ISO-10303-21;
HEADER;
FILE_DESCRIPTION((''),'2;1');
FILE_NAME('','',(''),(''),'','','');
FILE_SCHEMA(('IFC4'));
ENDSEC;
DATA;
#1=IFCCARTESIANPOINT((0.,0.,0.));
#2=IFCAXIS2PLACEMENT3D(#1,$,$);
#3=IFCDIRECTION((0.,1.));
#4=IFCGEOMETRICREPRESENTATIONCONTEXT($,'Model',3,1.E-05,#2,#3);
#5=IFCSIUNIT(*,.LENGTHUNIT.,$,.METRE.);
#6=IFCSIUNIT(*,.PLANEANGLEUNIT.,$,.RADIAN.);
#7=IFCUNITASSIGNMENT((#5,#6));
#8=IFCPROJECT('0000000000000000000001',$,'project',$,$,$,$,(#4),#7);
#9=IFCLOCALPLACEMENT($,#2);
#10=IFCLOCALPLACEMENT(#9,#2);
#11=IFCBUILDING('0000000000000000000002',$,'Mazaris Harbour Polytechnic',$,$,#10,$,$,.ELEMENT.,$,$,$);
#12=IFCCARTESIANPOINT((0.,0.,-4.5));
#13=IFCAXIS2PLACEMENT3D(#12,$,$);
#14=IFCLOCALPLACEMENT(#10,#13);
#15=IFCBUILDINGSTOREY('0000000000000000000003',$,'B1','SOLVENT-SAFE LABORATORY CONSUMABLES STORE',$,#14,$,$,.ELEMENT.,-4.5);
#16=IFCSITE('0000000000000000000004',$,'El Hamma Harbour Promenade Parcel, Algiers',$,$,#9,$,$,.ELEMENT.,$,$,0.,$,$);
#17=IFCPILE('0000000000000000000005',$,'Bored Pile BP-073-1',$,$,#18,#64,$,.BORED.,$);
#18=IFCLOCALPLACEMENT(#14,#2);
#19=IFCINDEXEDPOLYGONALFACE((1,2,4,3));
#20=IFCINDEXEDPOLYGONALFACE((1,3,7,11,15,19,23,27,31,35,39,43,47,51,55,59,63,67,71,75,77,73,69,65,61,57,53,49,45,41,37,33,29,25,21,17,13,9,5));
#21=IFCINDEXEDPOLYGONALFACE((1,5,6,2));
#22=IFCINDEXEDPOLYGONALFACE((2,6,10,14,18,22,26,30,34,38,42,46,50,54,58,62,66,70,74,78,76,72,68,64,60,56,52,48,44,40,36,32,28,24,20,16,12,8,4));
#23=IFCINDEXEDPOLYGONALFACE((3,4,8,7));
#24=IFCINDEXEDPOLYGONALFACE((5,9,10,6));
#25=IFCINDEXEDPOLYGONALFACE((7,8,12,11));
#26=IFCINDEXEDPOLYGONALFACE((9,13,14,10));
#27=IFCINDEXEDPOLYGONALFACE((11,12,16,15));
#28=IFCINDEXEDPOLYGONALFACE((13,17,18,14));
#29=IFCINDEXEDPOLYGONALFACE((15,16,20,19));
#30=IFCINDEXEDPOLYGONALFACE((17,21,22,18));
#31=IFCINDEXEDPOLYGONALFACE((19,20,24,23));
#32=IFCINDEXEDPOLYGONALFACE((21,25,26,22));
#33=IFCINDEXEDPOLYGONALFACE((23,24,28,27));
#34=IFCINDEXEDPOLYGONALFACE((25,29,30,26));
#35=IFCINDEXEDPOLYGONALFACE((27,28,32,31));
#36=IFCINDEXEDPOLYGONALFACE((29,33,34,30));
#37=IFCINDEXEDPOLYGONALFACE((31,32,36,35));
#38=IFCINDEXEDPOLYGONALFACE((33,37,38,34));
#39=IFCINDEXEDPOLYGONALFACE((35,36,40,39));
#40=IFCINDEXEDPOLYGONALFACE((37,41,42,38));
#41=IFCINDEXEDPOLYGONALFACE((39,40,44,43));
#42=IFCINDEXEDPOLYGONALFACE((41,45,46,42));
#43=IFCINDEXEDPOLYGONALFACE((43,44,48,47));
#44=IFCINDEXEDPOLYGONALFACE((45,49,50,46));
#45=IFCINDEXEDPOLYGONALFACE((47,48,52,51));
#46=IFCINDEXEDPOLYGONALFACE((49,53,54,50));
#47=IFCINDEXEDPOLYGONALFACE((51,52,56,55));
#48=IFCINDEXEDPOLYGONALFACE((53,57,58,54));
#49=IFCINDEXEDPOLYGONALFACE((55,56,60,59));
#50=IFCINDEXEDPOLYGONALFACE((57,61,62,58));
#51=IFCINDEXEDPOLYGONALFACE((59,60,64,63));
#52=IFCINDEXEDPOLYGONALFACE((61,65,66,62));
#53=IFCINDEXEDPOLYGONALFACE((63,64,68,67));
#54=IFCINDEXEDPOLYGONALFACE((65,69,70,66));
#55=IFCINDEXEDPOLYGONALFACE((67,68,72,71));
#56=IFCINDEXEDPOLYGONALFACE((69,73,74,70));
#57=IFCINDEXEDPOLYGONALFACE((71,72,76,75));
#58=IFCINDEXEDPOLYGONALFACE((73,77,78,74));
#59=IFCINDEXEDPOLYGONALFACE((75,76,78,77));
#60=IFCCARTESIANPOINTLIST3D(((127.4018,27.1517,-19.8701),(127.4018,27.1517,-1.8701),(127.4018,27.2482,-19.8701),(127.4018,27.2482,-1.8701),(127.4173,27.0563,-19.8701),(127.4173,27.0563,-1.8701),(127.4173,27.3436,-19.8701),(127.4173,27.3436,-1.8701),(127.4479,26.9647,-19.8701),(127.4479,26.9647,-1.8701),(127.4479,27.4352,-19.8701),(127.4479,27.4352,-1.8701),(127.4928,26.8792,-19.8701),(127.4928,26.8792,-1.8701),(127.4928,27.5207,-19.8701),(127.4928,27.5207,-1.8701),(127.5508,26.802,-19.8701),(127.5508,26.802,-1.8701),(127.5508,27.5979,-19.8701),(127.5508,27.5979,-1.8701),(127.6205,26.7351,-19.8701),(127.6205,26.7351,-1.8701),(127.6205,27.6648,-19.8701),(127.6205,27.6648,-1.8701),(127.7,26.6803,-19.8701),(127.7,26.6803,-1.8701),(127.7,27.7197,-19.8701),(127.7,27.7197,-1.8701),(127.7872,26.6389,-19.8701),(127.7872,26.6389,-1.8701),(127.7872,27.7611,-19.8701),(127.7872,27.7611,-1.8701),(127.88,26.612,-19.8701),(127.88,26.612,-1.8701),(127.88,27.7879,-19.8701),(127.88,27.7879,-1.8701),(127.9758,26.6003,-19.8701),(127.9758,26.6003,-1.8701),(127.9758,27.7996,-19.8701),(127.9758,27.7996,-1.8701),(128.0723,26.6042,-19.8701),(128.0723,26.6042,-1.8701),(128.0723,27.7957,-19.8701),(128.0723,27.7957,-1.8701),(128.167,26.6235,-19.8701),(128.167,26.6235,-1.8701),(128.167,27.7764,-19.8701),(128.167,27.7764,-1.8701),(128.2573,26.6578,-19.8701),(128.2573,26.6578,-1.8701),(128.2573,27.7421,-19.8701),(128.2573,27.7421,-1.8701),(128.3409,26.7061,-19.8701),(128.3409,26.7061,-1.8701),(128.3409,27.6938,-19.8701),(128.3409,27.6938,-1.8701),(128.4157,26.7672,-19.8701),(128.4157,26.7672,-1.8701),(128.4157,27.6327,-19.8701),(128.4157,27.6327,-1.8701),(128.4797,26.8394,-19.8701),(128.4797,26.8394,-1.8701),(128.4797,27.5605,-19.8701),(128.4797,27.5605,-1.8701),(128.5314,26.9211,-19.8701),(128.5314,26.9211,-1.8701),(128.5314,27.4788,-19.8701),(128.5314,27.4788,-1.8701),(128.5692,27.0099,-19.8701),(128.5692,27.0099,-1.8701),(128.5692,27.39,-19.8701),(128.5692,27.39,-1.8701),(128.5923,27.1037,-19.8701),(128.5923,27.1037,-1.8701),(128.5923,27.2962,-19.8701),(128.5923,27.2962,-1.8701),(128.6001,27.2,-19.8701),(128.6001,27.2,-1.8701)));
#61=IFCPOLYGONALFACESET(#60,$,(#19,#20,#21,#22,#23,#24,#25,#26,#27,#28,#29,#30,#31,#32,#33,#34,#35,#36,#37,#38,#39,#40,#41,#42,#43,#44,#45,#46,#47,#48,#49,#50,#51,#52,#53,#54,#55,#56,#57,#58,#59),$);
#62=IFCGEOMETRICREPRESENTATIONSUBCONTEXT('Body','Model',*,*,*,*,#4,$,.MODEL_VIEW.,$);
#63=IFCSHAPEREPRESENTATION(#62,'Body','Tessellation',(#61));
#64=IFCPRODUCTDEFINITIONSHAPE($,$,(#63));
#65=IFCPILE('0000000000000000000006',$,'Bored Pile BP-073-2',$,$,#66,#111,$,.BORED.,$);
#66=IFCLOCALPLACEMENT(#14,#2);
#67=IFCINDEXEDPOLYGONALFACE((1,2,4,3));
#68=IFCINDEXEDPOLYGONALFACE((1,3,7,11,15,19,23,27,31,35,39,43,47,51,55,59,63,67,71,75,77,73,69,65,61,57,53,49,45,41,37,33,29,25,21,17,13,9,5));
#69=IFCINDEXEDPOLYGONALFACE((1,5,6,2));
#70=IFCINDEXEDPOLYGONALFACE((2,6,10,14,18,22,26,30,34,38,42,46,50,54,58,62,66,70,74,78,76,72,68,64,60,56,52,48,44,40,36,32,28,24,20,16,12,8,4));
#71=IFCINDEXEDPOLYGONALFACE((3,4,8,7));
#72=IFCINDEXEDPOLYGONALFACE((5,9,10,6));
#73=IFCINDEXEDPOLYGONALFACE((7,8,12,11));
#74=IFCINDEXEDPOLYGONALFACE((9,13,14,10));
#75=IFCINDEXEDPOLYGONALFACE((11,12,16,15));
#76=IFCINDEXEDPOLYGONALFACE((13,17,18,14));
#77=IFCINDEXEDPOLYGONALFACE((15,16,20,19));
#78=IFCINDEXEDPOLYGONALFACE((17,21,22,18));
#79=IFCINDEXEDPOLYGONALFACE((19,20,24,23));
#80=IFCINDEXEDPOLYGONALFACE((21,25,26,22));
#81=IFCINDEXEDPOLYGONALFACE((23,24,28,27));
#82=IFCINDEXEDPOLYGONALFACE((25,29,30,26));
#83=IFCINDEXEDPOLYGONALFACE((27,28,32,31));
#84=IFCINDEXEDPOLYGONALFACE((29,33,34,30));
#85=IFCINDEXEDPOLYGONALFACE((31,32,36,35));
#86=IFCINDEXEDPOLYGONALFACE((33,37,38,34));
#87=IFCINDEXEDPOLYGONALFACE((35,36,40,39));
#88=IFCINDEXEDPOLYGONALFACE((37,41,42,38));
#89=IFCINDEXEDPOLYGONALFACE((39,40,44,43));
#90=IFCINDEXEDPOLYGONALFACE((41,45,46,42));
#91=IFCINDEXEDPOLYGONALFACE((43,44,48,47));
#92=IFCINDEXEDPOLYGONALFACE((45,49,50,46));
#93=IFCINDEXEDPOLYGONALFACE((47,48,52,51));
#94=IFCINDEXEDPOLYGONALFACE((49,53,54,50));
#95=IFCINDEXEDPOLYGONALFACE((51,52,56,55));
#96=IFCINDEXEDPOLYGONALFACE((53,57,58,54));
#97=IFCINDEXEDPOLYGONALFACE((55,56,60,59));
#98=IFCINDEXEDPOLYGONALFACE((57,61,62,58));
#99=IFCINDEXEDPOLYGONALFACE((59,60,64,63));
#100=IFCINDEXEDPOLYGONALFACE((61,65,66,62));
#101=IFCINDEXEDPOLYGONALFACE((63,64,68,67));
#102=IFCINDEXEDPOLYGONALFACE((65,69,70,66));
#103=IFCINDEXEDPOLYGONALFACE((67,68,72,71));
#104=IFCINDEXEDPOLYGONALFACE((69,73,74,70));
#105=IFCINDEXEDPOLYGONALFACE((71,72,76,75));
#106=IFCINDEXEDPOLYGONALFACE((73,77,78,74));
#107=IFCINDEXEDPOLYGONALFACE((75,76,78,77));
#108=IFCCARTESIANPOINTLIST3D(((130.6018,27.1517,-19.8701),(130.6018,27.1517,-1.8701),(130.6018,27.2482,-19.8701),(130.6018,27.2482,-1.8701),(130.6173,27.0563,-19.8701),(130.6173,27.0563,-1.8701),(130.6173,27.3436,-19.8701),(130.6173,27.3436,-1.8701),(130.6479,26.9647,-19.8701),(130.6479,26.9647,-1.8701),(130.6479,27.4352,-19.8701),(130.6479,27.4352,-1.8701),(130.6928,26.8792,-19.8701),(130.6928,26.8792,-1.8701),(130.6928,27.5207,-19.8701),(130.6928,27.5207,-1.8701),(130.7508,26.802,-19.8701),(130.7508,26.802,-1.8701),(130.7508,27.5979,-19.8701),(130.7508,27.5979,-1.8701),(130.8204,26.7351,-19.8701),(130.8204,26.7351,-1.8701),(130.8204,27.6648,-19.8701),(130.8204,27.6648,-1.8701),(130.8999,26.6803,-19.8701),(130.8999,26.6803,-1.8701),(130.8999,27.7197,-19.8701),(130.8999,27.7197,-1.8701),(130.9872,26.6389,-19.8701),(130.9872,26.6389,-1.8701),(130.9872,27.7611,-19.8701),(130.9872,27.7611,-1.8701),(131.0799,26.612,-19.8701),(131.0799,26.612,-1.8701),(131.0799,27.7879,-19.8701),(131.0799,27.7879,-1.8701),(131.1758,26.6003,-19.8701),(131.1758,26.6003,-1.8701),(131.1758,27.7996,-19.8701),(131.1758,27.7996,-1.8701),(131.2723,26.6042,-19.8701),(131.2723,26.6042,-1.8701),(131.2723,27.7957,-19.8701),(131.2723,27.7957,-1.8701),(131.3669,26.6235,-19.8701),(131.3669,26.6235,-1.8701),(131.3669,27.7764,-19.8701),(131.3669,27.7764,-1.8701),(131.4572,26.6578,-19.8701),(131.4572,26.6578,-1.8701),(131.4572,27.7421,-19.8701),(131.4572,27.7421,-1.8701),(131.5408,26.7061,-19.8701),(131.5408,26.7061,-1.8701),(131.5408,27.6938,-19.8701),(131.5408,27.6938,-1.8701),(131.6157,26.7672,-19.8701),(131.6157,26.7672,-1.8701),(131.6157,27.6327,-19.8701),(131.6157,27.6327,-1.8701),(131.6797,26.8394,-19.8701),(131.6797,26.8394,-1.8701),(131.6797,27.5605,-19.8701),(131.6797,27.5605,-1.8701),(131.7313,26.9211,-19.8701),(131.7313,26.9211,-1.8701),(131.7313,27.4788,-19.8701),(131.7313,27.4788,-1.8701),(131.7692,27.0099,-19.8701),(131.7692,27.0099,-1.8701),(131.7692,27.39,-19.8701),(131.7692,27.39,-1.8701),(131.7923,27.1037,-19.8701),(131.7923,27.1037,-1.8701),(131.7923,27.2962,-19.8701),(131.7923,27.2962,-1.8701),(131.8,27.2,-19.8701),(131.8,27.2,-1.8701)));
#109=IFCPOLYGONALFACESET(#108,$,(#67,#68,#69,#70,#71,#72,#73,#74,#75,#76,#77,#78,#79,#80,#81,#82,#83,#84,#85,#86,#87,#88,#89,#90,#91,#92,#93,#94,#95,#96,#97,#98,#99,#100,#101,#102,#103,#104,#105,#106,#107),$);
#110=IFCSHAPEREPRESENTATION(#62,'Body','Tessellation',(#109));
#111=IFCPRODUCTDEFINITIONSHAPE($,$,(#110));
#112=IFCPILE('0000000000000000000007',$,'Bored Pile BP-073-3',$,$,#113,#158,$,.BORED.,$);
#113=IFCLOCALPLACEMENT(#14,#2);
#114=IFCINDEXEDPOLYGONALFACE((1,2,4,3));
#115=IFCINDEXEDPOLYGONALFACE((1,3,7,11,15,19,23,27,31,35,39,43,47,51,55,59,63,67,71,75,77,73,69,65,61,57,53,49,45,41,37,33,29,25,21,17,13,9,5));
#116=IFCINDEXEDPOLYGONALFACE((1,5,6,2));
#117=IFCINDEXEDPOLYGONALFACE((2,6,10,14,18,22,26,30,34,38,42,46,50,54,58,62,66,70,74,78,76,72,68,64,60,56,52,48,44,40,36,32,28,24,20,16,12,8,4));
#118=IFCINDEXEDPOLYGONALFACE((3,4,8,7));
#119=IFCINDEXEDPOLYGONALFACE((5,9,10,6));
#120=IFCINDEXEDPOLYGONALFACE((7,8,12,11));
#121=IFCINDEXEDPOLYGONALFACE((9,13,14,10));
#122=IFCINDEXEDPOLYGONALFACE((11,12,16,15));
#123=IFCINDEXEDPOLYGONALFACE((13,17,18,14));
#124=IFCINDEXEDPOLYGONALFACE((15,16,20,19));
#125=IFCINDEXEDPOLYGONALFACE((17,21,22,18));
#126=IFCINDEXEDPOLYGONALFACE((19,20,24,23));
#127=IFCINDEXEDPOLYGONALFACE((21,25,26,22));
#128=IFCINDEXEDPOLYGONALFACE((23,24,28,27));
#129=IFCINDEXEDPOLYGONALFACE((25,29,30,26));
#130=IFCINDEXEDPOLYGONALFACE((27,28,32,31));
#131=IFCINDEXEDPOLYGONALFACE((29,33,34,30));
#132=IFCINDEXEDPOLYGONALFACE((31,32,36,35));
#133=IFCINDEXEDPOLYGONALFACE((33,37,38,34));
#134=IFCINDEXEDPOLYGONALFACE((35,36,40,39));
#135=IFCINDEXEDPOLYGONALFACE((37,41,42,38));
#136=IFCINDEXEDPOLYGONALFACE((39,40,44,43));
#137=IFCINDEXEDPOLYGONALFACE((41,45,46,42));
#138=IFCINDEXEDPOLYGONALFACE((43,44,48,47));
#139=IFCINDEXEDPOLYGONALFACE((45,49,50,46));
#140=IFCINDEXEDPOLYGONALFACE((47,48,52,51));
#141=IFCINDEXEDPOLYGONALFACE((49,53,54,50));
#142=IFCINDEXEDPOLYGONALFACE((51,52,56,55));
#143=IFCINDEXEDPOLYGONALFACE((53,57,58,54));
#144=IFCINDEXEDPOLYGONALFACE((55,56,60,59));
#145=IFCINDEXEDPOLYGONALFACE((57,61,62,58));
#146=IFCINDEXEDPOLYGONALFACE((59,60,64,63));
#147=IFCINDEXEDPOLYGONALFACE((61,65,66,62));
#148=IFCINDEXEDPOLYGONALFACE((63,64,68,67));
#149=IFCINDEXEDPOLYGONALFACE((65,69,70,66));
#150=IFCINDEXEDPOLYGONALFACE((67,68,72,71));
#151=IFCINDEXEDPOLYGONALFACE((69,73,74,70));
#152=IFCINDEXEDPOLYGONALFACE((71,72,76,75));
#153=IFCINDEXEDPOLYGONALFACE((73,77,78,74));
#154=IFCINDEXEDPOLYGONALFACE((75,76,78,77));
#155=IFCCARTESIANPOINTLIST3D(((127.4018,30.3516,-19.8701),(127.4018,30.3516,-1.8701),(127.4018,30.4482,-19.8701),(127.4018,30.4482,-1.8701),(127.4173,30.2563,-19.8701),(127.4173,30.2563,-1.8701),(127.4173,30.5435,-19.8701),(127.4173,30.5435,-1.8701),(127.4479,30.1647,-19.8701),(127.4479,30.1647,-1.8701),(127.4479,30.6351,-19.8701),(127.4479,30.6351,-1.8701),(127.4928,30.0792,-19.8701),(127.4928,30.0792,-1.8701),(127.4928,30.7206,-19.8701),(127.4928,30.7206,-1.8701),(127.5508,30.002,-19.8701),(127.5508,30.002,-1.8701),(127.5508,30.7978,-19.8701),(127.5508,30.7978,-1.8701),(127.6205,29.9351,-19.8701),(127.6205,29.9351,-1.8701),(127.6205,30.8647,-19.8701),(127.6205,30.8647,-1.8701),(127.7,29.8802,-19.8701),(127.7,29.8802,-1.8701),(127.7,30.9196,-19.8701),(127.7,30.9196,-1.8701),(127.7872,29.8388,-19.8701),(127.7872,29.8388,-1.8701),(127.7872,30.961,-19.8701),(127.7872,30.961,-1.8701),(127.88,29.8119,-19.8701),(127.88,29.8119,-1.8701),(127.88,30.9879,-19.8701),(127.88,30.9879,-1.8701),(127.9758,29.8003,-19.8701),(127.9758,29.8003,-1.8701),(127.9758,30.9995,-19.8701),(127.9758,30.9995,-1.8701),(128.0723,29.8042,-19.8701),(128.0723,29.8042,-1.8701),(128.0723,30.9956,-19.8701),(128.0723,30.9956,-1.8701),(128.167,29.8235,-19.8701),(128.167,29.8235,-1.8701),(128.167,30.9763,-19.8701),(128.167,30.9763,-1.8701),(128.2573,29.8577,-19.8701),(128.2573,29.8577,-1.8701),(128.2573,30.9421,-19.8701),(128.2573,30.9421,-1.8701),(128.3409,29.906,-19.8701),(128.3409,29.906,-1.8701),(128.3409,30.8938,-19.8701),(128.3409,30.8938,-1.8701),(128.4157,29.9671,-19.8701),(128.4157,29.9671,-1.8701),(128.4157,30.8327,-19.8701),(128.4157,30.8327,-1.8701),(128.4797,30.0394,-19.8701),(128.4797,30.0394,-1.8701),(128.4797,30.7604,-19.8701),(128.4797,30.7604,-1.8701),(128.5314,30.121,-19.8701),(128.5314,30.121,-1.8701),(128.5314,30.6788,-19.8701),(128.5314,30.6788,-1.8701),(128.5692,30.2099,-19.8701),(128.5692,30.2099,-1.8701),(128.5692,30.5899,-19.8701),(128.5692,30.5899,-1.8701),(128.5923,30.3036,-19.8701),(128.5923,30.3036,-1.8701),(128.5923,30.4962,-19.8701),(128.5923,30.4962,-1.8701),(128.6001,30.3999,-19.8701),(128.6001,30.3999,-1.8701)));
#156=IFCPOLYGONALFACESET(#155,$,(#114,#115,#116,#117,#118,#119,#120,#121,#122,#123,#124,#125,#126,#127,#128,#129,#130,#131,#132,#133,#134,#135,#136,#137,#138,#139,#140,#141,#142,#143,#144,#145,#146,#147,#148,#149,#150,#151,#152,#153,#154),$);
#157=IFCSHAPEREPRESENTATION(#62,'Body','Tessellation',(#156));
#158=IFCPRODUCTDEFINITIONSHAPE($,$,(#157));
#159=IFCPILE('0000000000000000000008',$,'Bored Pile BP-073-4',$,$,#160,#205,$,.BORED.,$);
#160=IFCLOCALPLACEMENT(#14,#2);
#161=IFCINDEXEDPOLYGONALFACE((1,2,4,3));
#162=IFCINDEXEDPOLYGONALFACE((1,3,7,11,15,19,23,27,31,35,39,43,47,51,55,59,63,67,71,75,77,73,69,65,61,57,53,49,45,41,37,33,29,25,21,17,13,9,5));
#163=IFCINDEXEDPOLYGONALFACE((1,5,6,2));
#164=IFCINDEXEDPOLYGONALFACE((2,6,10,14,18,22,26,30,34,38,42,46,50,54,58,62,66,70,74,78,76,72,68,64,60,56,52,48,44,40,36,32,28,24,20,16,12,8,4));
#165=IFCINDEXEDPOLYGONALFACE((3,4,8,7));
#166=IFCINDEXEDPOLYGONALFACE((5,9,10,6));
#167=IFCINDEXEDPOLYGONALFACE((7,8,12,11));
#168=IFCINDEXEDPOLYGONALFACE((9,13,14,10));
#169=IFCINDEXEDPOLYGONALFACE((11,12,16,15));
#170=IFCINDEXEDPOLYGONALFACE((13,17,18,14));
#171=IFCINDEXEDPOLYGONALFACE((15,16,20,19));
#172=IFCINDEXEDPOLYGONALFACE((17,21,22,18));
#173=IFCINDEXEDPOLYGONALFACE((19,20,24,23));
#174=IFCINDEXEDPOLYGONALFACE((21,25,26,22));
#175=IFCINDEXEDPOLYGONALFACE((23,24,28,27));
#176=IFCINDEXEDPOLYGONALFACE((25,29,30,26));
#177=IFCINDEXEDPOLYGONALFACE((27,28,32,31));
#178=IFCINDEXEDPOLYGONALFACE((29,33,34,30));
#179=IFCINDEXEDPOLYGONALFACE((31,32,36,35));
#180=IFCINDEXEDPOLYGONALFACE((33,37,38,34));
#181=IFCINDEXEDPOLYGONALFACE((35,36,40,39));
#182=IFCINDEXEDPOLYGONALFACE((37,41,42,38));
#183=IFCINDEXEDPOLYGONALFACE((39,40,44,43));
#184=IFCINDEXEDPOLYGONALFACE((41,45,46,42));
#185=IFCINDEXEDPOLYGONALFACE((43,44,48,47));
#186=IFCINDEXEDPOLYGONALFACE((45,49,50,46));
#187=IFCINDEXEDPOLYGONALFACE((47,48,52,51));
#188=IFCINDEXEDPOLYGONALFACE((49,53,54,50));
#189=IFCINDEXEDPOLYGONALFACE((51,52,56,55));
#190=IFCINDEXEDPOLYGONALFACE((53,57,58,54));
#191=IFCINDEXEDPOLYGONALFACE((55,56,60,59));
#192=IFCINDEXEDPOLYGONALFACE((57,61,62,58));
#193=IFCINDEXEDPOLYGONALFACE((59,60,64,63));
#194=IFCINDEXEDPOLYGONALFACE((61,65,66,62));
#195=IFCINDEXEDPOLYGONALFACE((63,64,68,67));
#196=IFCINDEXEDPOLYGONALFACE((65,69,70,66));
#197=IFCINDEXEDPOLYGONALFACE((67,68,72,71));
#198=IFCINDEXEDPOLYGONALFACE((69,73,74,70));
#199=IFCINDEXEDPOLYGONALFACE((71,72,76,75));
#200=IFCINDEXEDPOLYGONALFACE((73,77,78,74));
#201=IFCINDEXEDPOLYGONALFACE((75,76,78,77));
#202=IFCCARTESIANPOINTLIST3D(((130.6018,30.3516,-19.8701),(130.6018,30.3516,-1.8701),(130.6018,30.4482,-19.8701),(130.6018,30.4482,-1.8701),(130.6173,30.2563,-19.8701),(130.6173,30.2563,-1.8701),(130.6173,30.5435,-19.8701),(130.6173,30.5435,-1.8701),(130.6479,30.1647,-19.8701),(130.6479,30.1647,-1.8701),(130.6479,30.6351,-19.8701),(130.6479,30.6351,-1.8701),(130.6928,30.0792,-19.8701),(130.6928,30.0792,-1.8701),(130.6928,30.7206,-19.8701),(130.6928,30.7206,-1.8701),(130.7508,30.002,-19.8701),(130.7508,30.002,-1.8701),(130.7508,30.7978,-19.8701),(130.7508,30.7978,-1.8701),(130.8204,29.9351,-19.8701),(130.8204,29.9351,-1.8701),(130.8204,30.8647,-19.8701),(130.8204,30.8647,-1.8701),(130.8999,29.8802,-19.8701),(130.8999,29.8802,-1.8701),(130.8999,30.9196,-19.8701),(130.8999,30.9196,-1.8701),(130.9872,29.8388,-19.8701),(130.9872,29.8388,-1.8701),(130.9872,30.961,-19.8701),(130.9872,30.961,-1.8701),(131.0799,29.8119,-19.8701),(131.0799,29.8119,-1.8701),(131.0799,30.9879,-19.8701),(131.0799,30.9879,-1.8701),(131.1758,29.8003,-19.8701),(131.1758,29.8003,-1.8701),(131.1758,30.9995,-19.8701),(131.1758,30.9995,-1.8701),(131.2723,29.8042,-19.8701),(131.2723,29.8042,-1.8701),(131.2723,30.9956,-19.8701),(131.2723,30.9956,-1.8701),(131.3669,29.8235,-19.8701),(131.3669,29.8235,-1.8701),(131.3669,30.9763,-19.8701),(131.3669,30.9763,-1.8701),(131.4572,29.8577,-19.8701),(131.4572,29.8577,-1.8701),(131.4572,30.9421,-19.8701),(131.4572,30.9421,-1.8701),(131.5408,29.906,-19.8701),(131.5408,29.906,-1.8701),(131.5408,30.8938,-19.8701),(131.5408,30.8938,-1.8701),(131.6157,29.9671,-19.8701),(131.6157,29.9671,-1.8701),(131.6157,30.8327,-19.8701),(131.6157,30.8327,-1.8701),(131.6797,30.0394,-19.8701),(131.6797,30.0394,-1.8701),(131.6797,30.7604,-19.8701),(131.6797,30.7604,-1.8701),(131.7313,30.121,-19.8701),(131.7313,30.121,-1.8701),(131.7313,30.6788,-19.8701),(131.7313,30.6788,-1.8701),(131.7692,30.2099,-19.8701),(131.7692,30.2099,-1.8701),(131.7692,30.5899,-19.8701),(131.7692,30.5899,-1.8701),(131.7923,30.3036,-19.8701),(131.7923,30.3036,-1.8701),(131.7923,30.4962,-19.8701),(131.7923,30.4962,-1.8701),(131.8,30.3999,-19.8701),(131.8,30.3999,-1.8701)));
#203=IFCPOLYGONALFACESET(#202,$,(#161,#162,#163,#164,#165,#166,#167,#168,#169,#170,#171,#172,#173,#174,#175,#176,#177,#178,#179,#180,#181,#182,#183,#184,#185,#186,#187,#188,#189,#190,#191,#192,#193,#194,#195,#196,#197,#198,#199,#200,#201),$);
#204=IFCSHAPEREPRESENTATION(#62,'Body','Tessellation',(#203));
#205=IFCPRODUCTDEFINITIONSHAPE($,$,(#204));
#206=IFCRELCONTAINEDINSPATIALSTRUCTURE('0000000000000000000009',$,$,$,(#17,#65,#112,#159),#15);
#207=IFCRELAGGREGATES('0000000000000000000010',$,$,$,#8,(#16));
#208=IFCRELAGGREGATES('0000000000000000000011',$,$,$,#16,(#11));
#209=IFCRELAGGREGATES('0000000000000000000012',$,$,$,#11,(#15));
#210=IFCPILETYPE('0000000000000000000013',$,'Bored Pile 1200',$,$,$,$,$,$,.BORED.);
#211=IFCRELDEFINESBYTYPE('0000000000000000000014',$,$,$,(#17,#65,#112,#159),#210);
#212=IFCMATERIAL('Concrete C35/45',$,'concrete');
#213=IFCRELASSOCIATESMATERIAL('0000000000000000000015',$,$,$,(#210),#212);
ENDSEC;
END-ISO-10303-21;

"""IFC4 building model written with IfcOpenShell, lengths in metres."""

from ifc_helpers import new_model, si_unit, direction, frame, origin, origin_2d, place, context, subcontext, project, spatial, circle, extrude, material, material_profile, profile_set, type_object, element, save


model = new_model("IFC4")

# Units and contexts
model_context = context("Model", 3, precision=1e-05, world=origin(), true_north=direction((0.0, 1.0)))
body_context = subcontext(model_context, "Body", "Model", "MODEL_VIEW")
ifc_project = project(units=[si_unit("LENGTHUNIT", "METRE"), si_unit("PLANEANGLEUNIT", "RADIAN")], contexts=[model_context])

# Site, building, storey
site_placement = place(None, origin())
site = spatial("IfcSite", under=ifc_project, at=site_placement, Name="El Hamma Harbour Promenade Parcel, Algiers", CompositionType="ELEMENT", RefElevation=0.0)
building_placement = place(site_placement, origin())
building = spatial("IfcBuilding", under=site, at=building_placement, Name="Mazaris Harbour Polytechnic", CompositionType="ELEMENT")
storey_placement = place(building_placement, frame((0.0, 0.0, -4.5)))
storey = spatial("IfcBuildingStorey", under=building, at=storey_placement, Name="B1", Description="SOLVENT-SAFE LABORATORY CONSUMABLES STORE", CompositionType="ELEMENT", Elevation=-4.5)

# Piles
ifc_material_1 = material(Name="Concrete C35/45", Category="concrete")
ifc_material_profile_1 = material_profile(ifc_material_1, circle(Radius=0.6001, at=origin_2d()), Name="DIA1200")
ifc_profile_set_1 = profile_set([ifc_material_profile_1], Name="Concrete C35/45")
pile_type_1 = type_object("IfcPileType", Name="Bored Pile 1200", PredefinedType="BORED", material=ifc_profile_set_1)
for number, where, z_axis, x_axis, name in (
    (1, (128.0, 27.2, -1.8701), (0.0, 0.0, -1.0), (1.0, 0.0, 0.0), "Bored Pile BP-073-1"),
    (2, (131.2, 27.2, -1.8701), (0.0, 0.0, -1.0), (1.0, 0.0, 0.0), "Bored Pile BP-073-2"),
    (3, (128.0, 30.3999, -1.8701), (0.0, 0.0, -1.0), (1.0, 0.0, 0.0), "Bored Pile BP-073-3"),
    (4, (131.2, 30.3999, -1.8701), (0.0, 0.0, -1.0), (1.0, 0.0, 0.0), "Bored Pile BP-073-4"),
):
    element("IfcPile", number, at=place(storey_placement, frame(where, z_axis=z_axis, x_axis=x_axis)), inside=storey, type_object=pile_type_1, Name=name, PredefinedType="BORED", context=body_context, shape_type="SweptSolid", body=[
        extrude(circle(Radius=0.6001, at=origin_2d()), origin(), (0.0, 0.0, 1.0), 18.0),
    ])

save(model, "model.ifc")
